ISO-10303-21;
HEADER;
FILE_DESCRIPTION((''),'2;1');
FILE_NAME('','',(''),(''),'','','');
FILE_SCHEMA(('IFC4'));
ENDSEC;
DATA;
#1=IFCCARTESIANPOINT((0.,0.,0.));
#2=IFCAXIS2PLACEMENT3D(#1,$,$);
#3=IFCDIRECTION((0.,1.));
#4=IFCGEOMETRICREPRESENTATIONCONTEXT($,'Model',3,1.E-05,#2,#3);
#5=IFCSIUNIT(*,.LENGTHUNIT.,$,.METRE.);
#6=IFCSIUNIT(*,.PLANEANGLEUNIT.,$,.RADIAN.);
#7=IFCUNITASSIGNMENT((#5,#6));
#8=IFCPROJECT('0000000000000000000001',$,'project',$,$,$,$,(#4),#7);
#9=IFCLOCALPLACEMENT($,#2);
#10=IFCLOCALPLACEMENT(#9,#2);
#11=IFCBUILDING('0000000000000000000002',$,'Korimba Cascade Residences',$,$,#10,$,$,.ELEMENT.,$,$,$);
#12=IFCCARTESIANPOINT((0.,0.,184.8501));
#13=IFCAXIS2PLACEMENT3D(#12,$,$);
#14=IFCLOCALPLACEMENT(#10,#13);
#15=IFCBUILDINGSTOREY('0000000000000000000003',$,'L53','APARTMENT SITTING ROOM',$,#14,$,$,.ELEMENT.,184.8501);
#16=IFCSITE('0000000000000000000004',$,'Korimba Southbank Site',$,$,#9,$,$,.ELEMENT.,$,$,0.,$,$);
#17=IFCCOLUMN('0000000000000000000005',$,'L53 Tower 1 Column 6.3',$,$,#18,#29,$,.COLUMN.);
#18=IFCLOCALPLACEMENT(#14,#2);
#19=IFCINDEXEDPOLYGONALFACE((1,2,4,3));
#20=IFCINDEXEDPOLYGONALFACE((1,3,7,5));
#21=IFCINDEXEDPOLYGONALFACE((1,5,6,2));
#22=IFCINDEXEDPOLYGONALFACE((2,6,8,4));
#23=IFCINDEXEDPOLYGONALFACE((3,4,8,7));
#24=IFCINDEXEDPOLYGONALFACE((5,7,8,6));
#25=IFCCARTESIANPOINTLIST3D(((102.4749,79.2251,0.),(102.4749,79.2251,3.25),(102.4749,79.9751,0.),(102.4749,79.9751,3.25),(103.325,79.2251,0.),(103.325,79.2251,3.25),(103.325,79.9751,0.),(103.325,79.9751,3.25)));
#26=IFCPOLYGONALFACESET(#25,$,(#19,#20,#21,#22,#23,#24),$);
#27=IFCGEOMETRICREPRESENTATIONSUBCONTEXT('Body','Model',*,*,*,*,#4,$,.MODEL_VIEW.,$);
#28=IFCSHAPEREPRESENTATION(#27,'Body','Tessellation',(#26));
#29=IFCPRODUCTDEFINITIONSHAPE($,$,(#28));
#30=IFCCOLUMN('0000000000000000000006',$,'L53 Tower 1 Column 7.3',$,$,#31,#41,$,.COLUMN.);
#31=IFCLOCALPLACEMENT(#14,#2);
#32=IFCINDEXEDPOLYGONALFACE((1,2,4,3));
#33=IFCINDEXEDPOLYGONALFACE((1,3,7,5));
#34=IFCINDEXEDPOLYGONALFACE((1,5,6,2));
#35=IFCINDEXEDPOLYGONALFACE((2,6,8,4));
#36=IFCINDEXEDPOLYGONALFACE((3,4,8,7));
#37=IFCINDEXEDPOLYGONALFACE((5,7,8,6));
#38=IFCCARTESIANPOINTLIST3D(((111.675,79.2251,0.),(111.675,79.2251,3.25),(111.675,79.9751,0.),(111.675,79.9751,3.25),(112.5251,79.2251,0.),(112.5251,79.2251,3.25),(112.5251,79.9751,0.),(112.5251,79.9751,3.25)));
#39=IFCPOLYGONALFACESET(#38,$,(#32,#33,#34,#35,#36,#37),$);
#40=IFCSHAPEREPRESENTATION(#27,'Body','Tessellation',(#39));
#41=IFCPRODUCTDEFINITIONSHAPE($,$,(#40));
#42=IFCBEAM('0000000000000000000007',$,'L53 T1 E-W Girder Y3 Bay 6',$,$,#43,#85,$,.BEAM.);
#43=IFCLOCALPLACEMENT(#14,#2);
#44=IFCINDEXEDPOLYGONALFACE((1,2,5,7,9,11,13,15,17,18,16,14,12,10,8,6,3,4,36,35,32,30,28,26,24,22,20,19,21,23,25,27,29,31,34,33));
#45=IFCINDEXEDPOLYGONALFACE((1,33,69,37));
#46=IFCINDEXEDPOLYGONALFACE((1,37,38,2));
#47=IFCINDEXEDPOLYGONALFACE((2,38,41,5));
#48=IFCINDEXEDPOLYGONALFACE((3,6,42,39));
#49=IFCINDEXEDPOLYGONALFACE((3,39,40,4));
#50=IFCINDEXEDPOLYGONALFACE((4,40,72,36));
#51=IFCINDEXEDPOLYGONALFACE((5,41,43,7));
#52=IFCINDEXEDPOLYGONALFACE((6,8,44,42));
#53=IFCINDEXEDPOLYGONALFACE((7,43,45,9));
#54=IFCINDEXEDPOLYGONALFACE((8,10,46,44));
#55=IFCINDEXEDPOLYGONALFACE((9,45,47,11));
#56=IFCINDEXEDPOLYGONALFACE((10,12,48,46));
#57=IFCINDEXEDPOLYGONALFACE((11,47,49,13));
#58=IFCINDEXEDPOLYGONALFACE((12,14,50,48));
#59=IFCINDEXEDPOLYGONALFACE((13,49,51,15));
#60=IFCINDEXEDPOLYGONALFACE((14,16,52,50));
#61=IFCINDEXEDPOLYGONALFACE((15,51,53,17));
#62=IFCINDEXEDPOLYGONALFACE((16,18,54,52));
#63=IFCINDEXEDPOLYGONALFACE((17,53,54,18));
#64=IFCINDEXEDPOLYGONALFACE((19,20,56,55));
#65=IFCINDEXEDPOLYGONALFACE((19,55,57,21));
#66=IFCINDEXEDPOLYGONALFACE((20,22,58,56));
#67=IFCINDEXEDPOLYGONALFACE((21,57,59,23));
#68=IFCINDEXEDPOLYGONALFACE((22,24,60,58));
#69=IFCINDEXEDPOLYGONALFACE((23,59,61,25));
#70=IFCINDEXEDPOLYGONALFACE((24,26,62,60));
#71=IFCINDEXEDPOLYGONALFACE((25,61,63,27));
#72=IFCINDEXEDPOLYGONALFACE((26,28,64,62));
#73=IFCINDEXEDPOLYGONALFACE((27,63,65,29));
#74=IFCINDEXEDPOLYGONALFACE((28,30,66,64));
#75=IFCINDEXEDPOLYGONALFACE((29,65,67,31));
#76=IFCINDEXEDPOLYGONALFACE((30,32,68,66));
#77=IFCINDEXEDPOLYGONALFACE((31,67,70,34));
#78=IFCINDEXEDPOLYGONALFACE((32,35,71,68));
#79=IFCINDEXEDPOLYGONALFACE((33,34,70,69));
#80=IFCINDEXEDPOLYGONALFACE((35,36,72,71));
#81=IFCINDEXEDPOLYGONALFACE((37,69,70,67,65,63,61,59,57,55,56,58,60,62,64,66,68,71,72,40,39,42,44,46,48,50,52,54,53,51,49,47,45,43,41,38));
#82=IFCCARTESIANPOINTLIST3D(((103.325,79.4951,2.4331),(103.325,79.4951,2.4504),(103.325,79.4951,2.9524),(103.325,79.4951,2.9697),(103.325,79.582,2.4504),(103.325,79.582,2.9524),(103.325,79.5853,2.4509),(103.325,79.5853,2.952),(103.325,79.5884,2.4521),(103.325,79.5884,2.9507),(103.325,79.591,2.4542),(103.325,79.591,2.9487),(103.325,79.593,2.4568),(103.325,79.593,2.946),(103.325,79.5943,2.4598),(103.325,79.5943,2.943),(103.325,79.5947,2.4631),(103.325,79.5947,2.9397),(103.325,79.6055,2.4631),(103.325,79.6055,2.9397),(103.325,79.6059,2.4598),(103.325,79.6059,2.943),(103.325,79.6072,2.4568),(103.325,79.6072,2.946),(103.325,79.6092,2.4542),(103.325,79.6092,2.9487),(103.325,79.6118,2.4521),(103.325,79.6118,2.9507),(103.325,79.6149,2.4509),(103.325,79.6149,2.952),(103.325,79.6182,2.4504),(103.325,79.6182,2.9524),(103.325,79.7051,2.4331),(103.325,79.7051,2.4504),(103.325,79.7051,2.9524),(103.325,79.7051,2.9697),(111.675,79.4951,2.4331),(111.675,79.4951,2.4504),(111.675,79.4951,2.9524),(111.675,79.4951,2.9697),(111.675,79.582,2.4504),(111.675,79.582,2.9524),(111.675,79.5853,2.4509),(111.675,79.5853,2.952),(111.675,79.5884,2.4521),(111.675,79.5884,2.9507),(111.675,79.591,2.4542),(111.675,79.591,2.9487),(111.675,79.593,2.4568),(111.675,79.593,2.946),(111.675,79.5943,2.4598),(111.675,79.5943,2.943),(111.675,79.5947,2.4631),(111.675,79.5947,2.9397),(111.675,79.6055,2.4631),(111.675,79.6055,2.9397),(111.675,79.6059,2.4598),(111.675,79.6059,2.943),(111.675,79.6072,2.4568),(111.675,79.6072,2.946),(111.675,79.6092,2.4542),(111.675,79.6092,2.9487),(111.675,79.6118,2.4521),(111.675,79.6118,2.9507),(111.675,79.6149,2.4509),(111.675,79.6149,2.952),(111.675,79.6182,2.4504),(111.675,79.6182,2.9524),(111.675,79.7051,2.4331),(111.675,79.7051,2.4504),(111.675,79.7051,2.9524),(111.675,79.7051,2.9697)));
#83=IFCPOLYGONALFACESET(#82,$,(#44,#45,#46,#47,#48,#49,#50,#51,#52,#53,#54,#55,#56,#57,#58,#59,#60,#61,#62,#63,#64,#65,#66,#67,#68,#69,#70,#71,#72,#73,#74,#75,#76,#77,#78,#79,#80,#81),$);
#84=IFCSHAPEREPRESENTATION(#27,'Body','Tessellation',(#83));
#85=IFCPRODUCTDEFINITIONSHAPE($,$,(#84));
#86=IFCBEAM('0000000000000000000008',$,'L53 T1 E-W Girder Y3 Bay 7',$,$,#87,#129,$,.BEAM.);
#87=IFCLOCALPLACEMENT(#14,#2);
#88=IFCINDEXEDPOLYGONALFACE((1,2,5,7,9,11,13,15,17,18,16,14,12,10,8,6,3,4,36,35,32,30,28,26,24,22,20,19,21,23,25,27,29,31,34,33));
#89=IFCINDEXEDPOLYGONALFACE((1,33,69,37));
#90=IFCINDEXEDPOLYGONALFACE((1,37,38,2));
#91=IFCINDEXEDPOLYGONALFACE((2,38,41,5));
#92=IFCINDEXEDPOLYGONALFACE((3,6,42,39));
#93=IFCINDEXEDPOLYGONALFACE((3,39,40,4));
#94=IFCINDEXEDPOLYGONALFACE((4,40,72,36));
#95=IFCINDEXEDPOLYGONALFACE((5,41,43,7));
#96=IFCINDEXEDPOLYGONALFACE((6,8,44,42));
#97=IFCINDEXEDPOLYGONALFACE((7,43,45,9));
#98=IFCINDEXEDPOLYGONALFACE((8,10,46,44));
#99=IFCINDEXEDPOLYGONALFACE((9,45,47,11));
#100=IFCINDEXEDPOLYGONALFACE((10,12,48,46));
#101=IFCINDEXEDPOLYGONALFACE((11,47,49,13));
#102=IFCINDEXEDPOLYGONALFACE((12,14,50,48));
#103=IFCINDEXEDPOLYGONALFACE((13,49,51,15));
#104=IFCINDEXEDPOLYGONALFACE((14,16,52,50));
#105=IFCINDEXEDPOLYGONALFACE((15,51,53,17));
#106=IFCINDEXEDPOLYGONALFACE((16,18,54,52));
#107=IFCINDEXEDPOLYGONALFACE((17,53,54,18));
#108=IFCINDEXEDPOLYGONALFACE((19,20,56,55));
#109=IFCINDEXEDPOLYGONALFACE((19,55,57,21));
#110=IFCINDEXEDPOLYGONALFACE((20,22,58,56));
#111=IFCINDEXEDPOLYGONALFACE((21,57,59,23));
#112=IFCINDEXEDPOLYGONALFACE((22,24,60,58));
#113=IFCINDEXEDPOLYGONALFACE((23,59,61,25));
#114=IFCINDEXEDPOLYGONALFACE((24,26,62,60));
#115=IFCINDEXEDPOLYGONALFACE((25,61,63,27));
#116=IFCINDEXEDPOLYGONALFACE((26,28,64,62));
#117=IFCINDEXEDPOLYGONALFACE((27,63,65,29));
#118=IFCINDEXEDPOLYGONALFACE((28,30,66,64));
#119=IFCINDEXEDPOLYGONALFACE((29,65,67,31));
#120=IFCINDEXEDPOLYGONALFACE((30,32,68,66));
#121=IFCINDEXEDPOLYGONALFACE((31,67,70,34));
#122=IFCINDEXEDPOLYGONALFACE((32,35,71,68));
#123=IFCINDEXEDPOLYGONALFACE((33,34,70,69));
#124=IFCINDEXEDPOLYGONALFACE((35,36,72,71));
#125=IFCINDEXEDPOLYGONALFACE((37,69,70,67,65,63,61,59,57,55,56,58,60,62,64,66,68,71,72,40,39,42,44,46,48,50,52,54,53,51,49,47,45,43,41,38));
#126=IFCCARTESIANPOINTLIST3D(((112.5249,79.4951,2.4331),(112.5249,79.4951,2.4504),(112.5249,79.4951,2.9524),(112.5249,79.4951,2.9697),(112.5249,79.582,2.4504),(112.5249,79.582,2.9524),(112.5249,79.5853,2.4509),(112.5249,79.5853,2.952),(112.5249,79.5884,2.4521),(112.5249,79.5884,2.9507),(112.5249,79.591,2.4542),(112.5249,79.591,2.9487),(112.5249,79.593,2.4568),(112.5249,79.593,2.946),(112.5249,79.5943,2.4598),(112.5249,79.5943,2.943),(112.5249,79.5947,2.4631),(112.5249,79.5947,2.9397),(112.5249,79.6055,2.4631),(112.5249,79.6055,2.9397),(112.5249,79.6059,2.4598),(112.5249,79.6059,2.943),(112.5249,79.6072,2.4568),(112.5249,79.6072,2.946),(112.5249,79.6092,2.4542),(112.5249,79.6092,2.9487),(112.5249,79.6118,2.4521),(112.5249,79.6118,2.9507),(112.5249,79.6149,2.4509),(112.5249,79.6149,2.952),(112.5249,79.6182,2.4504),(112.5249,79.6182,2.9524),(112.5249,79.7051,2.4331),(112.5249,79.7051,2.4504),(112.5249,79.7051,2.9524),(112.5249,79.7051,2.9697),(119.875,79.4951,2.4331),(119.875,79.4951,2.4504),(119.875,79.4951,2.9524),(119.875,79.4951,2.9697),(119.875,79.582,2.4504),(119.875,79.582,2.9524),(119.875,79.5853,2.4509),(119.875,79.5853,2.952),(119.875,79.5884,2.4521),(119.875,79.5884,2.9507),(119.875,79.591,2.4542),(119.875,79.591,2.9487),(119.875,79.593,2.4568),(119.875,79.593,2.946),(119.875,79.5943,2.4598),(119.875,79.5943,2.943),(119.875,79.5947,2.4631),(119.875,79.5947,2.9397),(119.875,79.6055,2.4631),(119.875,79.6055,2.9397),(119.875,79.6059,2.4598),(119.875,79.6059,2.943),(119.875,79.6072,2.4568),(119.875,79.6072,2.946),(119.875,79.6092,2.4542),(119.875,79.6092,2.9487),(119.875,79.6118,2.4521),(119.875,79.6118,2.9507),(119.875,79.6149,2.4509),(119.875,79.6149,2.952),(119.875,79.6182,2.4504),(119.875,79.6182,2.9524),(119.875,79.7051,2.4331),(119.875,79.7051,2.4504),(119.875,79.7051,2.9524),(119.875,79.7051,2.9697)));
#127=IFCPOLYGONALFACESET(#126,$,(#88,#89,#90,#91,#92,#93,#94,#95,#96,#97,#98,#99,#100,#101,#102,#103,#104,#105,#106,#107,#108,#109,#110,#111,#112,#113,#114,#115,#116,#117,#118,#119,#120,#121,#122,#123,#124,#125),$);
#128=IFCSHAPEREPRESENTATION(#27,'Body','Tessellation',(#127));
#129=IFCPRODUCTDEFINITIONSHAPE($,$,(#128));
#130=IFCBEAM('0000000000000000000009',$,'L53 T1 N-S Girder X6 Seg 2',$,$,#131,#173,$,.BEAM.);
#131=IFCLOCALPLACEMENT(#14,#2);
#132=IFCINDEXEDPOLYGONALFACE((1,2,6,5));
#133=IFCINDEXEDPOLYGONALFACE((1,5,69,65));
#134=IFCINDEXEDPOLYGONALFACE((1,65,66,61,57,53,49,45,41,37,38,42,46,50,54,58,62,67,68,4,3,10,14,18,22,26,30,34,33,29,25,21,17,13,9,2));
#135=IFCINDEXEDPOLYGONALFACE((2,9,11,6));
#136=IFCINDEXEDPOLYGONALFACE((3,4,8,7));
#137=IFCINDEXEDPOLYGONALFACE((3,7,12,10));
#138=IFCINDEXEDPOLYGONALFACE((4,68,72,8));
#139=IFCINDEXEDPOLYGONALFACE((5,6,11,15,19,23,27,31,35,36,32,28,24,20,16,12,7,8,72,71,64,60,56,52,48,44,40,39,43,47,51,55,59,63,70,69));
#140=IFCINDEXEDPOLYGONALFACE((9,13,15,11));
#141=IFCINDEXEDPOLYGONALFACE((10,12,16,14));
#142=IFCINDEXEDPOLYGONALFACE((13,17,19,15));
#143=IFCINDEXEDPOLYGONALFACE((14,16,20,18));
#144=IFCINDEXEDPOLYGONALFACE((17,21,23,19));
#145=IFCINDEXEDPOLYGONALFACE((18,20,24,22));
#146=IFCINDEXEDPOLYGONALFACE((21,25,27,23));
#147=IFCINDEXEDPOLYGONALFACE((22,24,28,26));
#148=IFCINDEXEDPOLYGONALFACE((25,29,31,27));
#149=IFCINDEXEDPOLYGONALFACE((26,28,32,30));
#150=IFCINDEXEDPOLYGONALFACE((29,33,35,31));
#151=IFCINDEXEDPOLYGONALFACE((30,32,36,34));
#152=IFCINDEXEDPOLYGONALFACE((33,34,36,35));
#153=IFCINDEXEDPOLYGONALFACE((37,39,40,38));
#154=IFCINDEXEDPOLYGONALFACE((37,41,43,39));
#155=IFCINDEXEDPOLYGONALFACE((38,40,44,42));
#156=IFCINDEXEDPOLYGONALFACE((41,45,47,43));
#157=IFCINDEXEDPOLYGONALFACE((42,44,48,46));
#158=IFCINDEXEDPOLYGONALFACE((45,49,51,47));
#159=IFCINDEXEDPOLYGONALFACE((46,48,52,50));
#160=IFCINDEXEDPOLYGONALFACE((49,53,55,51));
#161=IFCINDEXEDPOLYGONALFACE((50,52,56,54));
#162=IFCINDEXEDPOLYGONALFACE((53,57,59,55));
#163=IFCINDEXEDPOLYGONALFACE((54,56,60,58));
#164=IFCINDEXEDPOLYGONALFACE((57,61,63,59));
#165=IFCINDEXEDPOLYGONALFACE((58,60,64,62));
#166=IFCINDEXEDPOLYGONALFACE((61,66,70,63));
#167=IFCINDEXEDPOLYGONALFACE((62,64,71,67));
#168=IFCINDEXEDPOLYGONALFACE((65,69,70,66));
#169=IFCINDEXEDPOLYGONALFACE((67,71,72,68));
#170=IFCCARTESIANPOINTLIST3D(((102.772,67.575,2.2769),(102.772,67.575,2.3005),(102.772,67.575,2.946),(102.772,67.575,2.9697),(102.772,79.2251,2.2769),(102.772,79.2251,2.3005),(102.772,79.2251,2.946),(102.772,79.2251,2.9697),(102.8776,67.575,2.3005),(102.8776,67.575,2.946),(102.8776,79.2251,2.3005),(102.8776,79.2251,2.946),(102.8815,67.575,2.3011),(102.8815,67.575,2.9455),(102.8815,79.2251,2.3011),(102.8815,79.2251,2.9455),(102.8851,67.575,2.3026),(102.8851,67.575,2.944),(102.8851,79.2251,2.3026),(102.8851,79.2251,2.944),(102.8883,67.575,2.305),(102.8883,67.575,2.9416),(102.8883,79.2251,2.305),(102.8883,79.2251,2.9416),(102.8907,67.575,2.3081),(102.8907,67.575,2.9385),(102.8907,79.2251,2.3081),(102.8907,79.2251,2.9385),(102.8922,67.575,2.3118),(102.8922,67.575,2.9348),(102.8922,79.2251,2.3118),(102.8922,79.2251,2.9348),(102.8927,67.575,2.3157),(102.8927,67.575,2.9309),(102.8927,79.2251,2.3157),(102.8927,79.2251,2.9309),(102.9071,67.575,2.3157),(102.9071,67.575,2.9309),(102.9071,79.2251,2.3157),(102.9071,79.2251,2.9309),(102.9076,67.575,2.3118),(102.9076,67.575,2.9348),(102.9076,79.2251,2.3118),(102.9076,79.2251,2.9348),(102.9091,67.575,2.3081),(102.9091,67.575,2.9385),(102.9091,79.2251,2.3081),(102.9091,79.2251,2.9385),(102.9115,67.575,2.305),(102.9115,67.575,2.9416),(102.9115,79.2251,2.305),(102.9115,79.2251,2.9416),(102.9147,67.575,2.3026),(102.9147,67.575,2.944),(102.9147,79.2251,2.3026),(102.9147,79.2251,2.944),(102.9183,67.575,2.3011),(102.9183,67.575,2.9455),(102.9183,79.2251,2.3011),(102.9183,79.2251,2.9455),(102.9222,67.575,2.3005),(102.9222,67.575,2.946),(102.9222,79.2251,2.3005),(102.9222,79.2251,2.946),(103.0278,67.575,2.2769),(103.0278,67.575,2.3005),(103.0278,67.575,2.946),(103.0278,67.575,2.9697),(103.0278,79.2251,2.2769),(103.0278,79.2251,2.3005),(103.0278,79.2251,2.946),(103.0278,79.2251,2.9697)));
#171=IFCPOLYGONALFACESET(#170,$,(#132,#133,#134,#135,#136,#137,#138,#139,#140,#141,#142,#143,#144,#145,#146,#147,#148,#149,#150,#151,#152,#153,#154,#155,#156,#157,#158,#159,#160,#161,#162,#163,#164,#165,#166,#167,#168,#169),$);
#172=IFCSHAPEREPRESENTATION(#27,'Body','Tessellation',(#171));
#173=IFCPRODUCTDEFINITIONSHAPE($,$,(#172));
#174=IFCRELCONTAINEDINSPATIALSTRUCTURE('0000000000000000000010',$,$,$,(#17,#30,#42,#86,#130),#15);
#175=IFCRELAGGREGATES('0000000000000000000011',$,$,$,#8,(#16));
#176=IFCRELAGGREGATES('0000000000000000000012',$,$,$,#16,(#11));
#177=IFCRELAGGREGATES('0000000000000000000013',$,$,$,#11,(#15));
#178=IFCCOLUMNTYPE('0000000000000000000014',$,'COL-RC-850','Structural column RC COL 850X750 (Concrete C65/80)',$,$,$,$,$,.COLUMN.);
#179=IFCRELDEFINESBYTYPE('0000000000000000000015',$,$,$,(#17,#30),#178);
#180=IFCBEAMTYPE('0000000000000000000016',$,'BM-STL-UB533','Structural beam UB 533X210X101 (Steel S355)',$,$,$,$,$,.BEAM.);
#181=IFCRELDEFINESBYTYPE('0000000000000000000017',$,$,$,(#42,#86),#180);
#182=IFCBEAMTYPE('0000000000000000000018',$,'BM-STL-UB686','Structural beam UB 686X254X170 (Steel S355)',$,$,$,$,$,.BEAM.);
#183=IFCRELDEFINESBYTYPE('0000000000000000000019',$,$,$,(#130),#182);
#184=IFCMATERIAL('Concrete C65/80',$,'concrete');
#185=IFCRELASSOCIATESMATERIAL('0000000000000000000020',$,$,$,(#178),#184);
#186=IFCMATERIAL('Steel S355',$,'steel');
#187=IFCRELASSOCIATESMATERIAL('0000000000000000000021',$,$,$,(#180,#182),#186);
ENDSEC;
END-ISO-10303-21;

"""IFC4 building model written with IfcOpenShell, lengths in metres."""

from ifc_helpers import new_model, si_unit, direction, frame, origin, origin_2d, place, context, subcontext, project, spatial, rectangle, i_section, extrude, material, material_profile, profile_set, type_object, element, save


model = new_model("IFC4")

# Units and contexts
model_context = context("Model", 3, precision=1e-05, world=origin(), true_north=direction((0.0, 1.0)))
body_context = subcontext(model_context, "Body", "Model", "MODEL_VIEW")
ifc_project = project(units=[si_unit("LENGTHUNIT", "METRE"), si_unit("PLANEANGLEUNIT", "RADIAN")], contexts=[model_context])

# Site, building, storey
site_placement = place(None, origin())
site = spatial("IfcSite", under=ifc_project, at=site_placement, Name="Korimba Southbank Site", CompositionType="ELEMENT", RefElevation=0.0)
building_placement = place(site_placement, origin())
building = spatial("IfcBuilding", under=site, at=building_placement, Name="Korimba Cascade Residences", CompositionType="ELEMENT")
storey_placement = place(building_placement, frame((0.0, 0.0, 184.8501)))
storey = spatial("IfcBuildingStorey", under=building, at=storey_placement, Name="L53", Description="APARTMENT SITTING ROOM", CompositionType="ELEMENT", Elevation=184.8501)

# Columns
ifc_material_1 = material(Name="Concrete C65/80", Category="concrete")
ifc_material_profile_1 = material_profile(ifc_material_1, rectangle(XDim=0.8501, YDim=0.75, at=origin_2d()), Name="Concrete C65/80")
ifc_profile_set_1 = profile_set([ifc_material_profile_1], Name="Concrete C65/80")
column_type = type_object("IfcColumnType", Name="COL-RC-850", Description="Structural column RC COL 850X750 (Concrete C65/80)", PredefinedType="COLUMN", material=ifc_profile_set_1)
for number, where, z_axis, x_axis, name in (
    (1, (102.8999, 79.6001, 0.0), (0.0, 0.0, 1.0), (1.0, 0.0, 0.0), "L53 Tower 1 Column 6.3"),
    (2, (112.1001, 79.6001, 0.0), (0.0, 0.0, 1.0), (1.0, 0.0, 0.0), "L53 Tower 1 Column 7.3"),
):
    element("IfcColumn", number, at=place(storey_placement, frame(where, z_axis=z_axis, x_axis=x_axis)), inside=storey, type_object=column_type, Name=name, PredefinedType="COLUMN", context=body_context, shape_type="SweptSolid", body=[
        extrude(rectangle(XDim=0.8501, YDim=0.75, at=origin_2d()), origin(), (0.0, 0.0, 1.0), 3.25),
    ])

# Beams
ifc_material_2 = material(Name="Steel S355", Category="steel")
ifc_material_profile_2 = material_profile(ifc_material_2, i_section(OverallWidth=0.21, OverallDepth=0.5366, WebThickness=0.0107, FlangeThickness=0.0173, FilletRadius=0.0127, at=origin_2d()), Name="Steel S355")
ifc_profile_set_2 = profile_set([ifc_material_profile_2], Name="Steel S355")
beam_type_1 = type_object("IfcBeamType", Name="BM-STL-UB533", Description="Structural beam UB 533X210X101 (Steel S355)", PredefinedType="BEAM", material=ifc_profile_set_2)
beam_1_placement = place(storey_placement, frame((103.325, 79.6001, 2.7014), z_axis=(1.0, 0.0, 0.0), x_axis=(0.0, 1.0, 0.0)))
element("IfcBeam", 3, at=beam_1_placement, inside=storey, type_object=beam_type_1, Name="L53 T1 E-W Girder Y3 Bay 6", PredefinedType="BEAM", context=body_context, shape_type="SweptSolid", body=[
    extrude(i_section(OverallWidth=0.21, OverallDepth=0.5366, WebThickness=0.0107, FlangeThickness=0.0173, FilletRadius=0.0127, at=origin_2d()), origin(), (0.0, 0.0, 1.0), 8.3501),
])
beam_2_placement = place(storey_placement, frame((112.5249, 79.6001, 2.7014), z_axis=(1.0, 0.0, 0.0), x_axis=(0.0, 1.0, 0.0)))
element("IfcBeam", 4, at=beam_2_placement, inside=storey, type_object=beam_type_1, Name="L53 T1 E-W Girder Y3 Bay 7", PredefinedType="BEAM", context=body_context, shape_type="SweptSolid", body=[
    extrude(i_section(OverallWidth=0.21, OverallDepth=0.5366, WebThickness=0.0107, FlangeThickness=0.0173, FilletRadius=0.0127, at=origin_2d()), origin(), (0.0, 0.0, 1.0), 7.3501),
])
ifc_material_profile_3 = material_profile(ifc_material_2, i_section(OverallWidth=0.2559, OverallDepth=0.6929, WebThickness=0.0144, FlangeThickness=0.0237, FilletRadius=0.0151, at=origin_2d()), Name="Steel S355")
ifc_profile_set_3 = profile_set([ifc_material_profile_3], Name="Steel S355")
beam_type_2 = type_object("IfcBeamType", Name="BM-STL-UB686", Description="Structural beam UB 686X254X170 (Steel S355)", PredefinedType="BEAM", material=ifc_profile_set_3)
beam_3_placement = place(storey_placement, frame((102.8999, 67.575, 2.6233), z_axis=(0.0, 1.0, 0.0), x_axis=(-1.0, 0.0, 0.0)))
element("IfcBeam", 5, at=beam_3_placement, inside=storey, type_object=beam_type_2, Name="L53 T1 N-S Girder X6 Seg 2", PredefinedType="BEAM", context=body_context, shape_type="SweptSolid", body=[
    extrude(i_section(OverallWidth=0.2559, OverallDepth=0.6929, WebThickness=0.0144, FlangeThickness=0.0237, FilletRadius=0.0151, at=origin_2d()), origin(), (0.0, 0.0, 1.0), 11.6501),
])

save(model, "model.ifc")
